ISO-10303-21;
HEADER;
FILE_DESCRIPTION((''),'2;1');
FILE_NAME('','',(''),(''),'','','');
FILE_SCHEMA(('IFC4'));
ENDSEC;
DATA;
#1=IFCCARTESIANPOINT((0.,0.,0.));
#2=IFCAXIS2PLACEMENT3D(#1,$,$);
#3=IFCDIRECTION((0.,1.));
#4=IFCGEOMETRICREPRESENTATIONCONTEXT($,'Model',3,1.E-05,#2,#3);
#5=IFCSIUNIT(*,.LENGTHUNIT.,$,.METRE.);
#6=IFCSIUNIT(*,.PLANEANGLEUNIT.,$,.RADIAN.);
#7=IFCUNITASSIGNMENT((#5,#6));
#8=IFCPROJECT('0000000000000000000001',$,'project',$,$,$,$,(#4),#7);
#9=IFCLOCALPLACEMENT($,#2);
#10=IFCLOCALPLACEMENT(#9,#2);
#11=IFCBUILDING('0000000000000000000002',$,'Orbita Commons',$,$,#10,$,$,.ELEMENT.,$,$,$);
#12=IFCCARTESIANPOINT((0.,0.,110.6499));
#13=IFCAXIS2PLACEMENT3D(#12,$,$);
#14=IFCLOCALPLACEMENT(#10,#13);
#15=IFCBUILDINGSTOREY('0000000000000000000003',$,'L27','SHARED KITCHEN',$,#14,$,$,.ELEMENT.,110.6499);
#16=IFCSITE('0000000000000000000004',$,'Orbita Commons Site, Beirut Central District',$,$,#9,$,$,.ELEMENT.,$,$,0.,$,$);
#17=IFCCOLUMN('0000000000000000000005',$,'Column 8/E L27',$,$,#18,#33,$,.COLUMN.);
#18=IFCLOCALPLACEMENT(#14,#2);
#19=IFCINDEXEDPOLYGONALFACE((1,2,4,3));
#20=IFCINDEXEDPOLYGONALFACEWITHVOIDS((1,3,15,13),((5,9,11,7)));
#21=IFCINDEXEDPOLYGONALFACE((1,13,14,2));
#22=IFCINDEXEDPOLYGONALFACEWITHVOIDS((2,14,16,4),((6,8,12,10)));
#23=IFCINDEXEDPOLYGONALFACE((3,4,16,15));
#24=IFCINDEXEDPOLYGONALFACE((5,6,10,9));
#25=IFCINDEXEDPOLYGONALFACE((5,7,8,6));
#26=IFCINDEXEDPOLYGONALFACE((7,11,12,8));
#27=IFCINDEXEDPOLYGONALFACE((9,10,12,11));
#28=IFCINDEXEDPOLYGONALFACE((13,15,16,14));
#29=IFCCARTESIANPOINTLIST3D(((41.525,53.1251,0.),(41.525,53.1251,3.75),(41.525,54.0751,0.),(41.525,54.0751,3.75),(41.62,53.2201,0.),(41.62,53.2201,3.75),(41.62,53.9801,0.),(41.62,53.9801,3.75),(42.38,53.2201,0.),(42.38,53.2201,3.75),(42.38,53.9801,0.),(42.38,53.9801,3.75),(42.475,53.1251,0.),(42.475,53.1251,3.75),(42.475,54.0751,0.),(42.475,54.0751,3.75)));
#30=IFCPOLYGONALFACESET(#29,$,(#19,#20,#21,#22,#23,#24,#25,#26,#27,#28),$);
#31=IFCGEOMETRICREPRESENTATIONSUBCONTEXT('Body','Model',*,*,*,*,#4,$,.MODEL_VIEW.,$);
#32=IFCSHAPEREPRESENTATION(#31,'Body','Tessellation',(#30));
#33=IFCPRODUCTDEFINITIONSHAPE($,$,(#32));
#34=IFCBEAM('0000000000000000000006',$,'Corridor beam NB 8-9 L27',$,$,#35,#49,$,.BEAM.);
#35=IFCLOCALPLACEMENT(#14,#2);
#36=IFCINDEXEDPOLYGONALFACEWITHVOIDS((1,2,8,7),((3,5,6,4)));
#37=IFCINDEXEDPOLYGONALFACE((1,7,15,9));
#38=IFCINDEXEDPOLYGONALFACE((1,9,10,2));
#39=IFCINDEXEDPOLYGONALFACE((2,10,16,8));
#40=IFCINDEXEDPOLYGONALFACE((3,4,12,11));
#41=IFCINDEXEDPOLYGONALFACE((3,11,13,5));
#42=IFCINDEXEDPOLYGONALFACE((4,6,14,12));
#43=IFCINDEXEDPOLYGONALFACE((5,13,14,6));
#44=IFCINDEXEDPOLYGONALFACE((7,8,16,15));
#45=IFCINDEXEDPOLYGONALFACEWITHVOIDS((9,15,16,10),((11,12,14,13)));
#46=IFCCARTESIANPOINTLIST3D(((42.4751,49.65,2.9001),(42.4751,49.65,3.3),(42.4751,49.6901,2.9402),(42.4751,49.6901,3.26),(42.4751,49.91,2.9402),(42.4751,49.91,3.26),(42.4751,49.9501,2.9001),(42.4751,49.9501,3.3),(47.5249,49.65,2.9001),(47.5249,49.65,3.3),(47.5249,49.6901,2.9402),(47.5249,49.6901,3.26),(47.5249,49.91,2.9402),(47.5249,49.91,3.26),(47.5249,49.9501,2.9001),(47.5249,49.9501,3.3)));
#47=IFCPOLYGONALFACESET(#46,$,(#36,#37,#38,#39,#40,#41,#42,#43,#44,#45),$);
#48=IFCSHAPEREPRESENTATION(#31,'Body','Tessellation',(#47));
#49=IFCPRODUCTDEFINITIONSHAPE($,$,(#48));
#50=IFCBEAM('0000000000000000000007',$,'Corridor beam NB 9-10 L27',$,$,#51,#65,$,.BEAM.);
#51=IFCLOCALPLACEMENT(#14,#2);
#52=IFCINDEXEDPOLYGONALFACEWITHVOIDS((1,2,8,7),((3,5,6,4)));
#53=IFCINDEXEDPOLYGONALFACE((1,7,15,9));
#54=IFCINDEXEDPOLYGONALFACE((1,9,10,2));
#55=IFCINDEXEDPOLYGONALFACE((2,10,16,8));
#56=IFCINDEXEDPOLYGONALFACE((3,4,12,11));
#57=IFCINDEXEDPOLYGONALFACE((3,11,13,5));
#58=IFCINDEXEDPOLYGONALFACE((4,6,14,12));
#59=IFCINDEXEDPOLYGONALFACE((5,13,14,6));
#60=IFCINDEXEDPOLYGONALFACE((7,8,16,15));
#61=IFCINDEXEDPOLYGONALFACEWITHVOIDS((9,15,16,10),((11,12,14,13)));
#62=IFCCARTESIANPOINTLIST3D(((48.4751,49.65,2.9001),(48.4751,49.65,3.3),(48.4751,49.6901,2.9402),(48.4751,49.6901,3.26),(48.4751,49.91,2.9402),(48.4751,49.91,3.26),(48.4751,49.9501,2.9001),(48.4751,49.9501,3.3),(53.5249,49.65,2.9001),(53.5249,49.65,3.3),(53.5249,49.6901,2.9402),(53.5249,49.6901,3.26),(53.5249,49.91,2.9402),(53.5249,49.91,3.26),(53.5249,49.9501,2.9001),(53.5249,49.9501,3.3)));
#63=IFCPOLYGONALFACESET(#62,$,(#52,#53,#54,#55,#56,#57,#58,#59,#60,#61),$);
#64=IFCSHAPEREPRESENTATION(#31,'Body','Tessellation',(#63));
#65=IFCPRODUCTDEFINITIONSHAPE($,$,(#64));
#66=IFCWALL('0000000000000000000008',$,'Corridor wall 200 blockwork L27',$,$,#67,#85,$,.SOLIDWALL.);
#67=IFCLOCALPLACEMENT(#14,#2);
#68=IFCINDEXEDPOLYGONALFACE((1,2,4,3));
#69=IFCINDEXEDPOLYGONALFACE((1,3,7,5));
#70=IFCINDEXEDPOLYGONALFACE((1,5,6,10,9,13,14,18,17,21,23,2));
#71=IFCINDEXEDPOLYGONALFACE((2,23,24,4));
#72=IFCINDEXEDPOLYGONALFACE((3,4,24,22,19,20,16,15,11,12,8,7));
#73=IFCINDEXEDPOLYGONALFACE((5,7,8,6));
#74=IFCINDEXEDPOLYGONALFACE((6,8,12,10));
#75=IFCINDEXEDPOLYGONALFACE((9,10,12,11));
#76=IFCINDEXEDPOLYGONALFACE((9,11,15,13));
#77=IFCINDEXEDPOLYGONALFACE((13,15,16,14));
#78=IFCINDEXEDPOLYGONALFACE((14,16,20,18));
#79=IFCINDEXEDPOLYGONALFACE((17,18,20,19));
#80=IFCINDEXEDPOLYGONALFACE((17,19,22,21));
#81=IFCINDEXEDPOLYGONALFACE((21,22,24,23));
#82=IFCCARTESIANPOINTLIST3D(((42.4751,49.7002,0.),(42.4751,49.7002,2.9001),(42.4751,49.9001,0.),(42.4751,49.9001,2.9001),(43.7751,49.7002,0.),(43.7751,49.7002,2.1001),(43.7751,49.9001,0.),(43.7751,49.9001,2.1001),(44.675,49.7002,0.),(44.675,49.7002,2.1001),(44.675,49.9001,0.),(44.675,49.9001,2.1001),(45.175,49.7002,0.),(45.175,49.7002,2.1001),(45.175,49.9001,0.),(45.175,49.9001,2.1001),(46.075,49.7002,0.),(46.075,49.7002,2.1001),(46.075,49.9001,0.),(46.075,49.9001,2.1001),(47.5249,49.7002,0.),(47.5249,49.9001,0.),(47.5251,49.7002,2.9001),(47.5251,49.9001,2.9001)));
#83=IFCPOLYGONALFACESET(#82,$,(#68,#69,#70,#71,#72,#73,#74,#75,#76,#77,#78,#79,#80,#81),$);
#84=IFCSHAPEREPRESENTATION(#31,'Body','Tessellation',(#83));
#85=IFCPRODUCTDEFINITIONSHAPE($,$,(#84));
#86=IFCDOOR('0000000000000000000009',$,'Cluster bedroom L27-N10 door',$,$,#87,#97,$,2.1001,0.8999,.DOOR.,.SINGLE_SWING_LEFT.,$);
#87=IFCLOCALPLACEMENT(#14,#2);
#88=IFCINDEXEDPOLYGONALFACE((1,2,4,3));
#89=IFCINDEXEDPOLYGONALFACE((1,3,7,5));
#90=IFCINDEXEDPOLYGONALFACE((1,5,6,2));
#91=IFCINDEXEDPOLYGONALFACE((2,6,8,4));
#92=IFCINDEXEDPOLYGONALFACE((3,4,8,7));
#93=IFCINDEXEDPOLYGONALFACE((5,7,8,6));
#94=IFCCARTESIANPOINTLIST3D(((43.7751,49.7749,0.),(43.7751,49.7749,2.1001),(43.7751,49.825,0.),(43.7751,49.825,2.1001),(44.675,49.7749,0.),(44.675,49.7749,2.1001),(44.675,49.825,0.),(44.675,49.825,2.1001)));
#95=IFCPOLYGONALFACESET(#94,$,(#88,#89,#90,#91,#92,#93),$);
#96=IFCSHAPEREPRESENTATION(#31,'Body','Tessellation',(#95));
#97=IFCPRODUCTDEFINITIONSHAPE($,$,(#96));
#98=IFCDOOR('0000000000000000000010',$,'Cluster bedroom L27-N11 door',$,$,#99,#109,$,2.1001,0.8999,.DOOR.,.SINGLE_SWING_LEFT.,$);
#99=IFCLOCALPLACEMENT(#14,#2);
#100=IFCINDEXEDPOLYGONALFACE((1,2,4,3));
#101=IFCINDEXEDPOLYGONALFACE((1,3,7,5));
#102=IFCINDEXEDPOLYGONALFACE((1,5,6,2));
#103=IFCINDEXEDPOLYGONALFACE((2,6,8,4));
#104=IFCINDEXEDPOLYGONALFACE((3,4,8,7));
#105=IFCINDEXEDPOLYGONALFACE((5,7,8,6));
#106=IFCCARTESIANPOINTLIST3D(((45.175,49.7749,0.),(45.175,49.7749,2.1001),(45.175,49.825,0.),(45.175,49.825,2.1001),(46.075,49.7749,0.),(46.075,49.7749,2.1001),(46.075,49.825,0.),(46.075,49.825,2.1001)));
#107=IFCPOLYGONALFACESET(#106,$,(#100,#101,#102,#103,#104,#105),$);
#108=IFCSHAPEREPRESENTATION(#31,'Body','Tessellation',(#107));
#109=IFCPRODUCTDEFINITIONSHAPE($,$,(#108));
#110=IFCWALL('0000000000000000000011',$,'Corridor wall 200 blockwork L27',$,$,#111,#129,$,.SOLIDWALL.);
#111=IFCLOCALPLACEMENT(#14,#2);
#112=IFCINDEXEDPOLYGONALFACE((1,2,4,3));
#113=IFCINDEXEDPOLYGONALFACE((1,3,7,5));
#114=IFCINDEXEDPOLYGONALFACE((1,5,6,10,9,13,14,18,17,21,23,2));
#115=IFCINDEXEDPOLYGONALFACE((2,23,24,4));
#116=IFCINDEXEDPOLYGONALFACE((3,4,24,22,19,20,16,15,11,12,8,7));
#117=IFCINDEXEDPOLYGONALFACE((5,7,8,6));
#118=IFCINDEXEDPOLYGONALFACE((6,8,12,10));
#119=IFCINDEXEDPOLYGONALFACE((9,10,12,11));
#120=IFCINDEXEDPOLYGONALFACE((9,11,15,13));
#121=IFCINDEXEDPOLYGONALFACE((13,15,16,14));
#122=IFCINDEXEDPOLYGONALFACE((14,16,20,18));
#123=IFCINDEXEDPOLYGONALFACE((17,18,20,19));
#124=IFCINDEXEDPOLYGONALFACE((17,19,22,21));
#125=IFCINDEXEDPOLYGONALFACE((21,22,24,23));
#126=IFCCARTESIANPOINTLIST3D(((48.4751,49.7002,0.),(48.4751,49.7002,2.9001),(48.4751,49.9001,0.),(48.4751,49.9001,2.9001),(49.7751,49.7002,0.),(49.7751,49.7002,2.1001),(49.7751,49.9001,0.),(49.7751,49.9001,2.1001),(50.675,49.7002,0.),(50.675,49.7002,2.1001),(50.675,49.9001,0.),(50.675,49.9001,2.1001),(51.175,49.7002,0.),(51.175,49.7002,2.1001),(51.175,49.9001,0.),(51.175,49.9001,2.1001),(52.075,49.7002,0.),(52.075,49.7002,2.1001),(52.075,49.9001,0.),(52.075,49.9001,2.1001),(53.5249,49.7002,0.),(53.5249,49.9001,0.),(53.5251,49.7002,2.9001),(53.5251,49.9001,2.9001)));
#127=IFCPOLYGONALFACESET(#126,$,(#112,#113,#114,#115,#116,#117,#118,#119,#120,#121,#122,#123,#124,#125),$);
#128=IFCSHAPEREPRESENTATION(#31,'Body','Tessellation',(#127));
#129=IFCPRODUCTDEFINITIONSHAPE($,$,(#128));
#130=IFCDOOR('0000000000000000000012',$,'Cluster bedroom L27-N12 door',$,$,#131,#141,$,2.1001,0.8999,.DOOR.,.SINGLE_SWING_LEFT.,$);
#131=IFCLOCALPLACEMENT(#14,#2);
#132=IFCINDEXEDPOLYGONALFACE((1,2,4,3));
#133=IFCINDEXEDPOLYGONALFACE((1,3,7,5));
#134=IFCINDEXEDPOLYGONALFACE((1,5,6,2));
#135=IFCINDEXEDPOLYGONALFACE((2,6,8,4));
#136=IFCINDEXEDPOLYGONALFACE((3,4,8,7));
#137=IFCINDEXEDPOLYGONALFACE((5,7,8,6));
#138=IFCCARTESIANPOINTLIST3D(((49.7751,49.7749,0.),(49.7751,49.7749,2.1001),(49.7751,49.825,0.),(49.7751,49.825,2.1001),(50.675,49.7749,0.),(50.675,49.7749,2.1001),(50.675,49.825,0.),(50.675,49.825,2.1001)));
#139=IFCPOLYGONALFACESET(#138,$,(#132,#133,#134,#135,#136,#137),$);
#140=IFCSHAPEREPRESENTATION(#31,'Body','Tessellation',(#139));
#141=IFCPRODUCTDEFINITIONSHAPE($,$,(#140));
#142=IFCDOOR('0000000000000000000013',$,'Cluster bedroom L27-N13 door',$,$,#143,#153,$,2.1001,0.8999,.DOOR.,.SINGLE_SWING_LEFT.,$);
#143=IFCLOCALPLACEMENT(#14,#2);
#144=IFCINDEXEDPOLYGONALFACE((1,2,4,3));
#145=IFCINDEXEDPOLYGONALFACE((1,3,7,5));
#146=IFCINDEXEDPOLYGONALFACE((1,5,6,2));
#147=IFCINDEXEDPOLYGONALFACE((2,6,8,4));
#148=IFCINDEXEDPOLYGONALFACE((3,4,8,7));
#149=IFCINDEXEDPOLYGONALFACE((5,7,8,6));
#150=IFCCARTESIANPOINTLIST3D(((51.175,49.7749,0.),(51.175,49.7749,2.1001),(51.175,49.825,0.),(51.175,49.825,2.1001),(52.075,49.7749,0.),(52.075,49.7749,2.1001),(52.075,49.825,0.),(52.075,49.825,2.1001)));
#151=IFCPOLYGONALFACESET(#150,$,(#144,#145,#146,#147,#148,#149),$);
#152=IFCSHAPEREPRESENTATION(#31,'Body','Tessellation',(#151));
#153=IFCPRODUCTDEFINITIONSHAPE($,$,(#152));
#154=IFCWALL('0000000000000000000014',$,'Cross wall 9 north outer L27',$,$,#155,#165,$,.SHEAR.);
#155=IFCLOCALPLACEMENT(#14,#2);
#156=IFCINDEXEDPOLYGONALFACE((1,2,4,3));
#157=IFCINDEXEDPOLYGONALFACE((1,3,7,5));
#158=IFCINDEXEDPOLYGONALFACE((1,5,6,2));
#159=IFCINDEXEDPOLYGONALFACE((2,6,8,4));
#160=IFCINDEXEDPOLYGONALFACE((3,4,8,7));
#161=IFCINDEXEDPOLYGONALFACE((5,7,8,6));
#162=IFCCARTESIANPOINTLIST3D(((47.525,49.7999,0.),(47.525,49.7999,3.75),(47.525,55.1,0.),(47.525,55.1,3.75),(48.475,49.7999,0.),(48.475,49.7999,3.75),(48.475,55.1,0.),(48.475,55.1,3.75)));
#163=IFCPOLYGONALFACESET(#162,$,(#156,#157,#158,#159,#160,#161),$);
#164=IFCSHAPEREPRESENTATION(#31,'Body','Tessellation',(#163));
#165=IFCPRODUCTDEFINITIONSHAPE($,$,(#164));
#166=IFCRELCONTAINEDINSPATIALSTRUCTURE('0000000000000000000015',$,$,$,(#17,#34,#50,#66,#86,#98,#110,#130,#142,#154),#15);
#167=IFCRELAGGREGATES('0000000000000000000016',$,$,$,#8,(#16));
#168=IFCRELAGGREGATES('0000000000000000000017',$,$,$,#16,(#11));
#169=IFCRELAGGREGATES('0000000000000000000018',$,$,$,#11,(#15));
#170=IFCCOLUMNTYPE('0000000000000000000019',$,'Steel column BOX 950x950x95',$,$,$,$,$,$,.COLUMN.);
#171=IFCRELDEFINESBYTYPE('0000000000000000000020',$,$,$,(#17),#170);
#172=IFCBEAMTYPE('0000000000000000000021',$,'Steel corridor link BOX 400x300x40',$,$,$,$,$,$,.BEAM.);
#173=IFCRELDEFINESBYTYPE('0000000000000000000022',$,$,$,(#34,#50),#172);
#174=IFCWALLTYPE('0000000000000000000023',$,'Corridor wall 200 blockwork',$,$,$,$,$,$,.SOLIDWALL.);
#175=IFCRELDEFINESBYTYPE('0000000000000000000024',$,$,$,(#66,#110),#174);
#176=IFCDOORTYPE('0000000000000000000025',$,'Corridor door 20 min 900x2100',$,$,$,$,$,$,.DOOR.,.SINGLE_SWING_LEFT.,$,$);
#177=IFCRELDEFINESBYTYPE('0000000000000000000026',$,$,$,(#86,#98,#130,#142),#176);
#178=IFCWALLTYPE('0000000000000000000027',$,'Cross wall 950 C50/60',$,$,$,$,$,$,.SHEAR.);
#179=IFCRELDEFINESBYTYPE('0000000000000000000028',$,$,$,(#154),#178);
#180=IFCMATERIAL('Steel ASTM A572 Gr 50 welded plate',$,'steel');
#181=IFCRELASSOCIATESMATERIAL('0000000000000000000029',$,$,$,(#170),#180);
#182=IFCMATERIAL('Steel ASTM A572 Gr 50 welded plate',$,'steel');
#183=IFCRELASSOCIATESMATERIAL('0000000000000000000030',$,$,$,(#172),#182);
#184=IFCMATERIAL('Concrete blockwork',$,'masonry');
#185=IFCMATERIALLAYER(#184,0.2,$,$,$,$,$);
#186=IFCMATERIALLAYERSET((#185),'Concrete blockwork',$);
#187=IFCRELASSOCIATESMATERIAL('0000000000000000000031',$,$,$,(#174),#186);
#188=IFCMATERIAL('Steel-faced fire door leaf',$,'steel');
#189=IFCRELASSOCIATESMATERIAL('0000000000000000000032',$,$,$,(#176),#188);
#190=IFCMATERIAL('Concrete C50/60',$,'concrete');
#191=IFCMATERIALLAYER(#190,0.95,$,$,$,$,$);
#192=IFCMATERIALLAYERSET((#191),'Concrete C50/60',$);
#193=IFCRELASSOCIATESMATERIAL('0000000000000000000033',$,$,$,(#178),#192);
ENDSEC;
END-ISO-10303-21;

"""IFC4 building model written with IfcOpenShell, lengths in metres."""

from ifc_helpers import new_model, si_unit, direction, frame, frame_2d, origin, origin_2d, place, context, subcontext, project, spatial, polyline, rectangle, hollow_rectangle, outline, extrude, material, layer, layer_set, material_profile, profile_set, type_object, element, fill, save


model = new_model("IFC4")

# Units and contexts
model_context = context("Model", 3, precision=1e-05, world=origin(), true_north=direction((0.0, 1.0)))
body_context = subcontext(model_context, "Body", "Model", "MODEL_VIEW")
ifc_project = project(units=[si_unit("LENGTHUNIT", "METRE"), si_unit("PLANEANGLEUNIT", "RADIAN")], contexts=[model_context])

# Site, building, storey
site_placement = place(None, origin())
site = spatial("IfcSite", under=ifc_project, at=site_placement, Name="Orbita Commons Site, Beirut Central District", CompositionType="ELEMENT", RefElevation=0.0)
building_placement = place(site_placement, origin())
building = spatial("IfcBuilding", under=site, at=building_placement, Name="Orbita Commons", CompositionType="ELEMENT")
storey_placement = place(building_placement, frame((0.0, 0.0, 110.6499)))
storey = spatial("IfcBuildingStorey", under=building, at=storey_placement, Name="L27", Description="SHARED KITCHEN", CompositionType="ELEMENT", Elevation=110.6499)

# Column
ifc_material_1 = material(Name="Steel ASTM A572 Gr 50 welded plate", Category="steel")
ifc_material_profile_1 = material_profile(ifc_material_1, hollow_rectangle(XDim=0.95, YDim=0.95, WallThickness=0.095, at=origin_2d()), Name="BOX 950x950x95")
ifc_profile_set_1 = profile_set([ifc_material_profile_1], Name="Steel ASTM A572 Gr 50 welded plate")
column_type = type_object("IfcColumnType", Name="Steel column BOX 950x950x95", PredefinedType="COLUMN", material=ifc_profile_set_1)
column_placement = place(storey_placement, frame((42.0, 53.6001, 0.0), z_axis=(0.0, 0.0, 1.0), x_axis=(1.0, 0.0, 0.0)))
element("IfcColumn", 1, at=column_placement, inside=storey, type_object=column_type, Name="Column 8/E L27", PredefinedType="COLUMN", context=body_context, shape_type="SweptSolid", body=[
    extrude(hollow_rectangle(XDim=0.95, YDim=0.95, WallThickness=0.095, at=origin_2d()), origin(), (0.0, 0.0, 1.0), 3.75),
])

# Beams
ifc_material_2 = material(Name="Steel ASTM A572 Gr 50 welded plate", Category="steel")
ifc_material_profile_2 = material_profile(ifc_material_2, hollow_rectangle(XDim=0.3, YDim=0.3999, WallThickness=0.04, at=origin_2d()), Name="BOX 400x300x40")
ifc_profile_set_2 = profile_set([ifc_material_profile_2], Name="Steel ASTM A572 Gr 50 welded plate")
beam_type = type_object("IfcBeamType", Name="Steel corridor link BOX 400x300x40", PredefinedType="BEAM", material=ifc_profile_set_2)
for number, where, z_axis, x_axis, name in (
    (2, (42.4751, 49.8, 3.1001), (1.0, 0.0, 0.0), (0.0, 1.0, 0.0), "Corridor beam NB 8-9 L27"),
    (3, (48.4751, 49.8, 3.1001), (1.0, 0.0, 0.0), (0.0, 1.0, 0.0), "Corridor beam NB 9-10 L27"),
):
    element("IfcBeam", number, at=place(storey_placement, frame(where, z_axis=z_axis, x_axis=x_axis)), inside=storey, type_object=beam_type, Name=name, PredefinedType="BEAM", context=body_context, shape_type="SweptSolid", body=[
        extrude(hollow_rectangle(XDim=0.3, YDim=0.3999, WallThickness=0.04, at=origin_2d()), origin(), (0.0, 0.0, 1.0), 5.0498),
    ])

# Walls, openings, doors
ifc_material_3 = material(Name="Concrete blockwork", Category="masonry")
ifc_layer_1 = layer(ifc_material_3, 0.2)
ifc_layer_set_1 = layer_set([ifc_layer_1], Name="Concrete blockwork")
wall_type_1 = type_object("IfcWallType", Name="Corridor wall 200 blockwork", PredefinedType="SOLIDWALL", material=ifc_layer_set_1)
wall_1_placement = place(storey_placement, frame((42.4751, 49.8, 0.0), z_axis=(0.0, 0.0, 1.0), x_axis=(1.0, 0.0, 0.0)))
wall_1 = element("IfcWall", 4, at=wall_1_placement, inside=storey, type_object=wall_type_1, Name="Corridor wall 200 blockwork L27", PredefinedType="SOLIDWALL", context=body_context, shape_type="SweptSolid", body=[
    extrude(outline(polyline([(0.0, 0.0), (5.0498, 0.0), (5.05, 2.9001), (0.0, 2.9001), (0.0, 0.0)])), frame((0.0, 0.1001, 0.0), z_axis=(0.0, -1.0, 0.0), x_axis=(1.0, 0.0, 0.0)), (0.0, 0.0, 1.0), 0.2),
])
opening_1_placement = place(wall_1_placement, frame((1.3, 0.0, 0.0)))
opening_1 = element("IfcOpeningElement", 5, at=opening_1_placement, cuts=wall_1, PredefinedType="OPENING", context=body_context, shape_type="SweptSolid", body=[
    extrude(rectangle(XDim=0.8999, YDim=2.1001, at=frame_2d((0.45, 1.05))), frame((0.0, 0.1099, 0.0), z_axis=(0.0, -1.0, 0.0), x_axis=(1.0, 0.0, 0.0)), (0.0, 0.0, 1.0), 0.22),
])
opening_2_placement = place(wall_1_placement, frame((2.7, 0.0, 0.0)))
opening_2 = element("IfcOpeningElement", 6, at=opening_2_placement, cuts=wall_1, PredefinedType="OPENING", context=body_context, shape_type="SweptSolid", body=[
    extrude(rectangle(XDim=0.8999, YDim=2.1001, at=frame_2d((0.45, 1.05))), frame((0.0, 0.1099, 0.0), z_axis=(0.0, -1.0, 0.0), x_axis=(1.0, 0.0, 0.0)), (0.0, 0.0, 1.0), 0.22),
])
ifc_material_4 = material(Name="Steel-faced fire door leaf", Category="steel")
door_type_1 = type_object("IfcDoorType", Name="Corridor door 20 min 900x2100", OperationType="SINGLE_SWING_LEFT", PredefinedType="DOOR", material=ifc_material_4)
door_1_placement = place(opening_1_placement, origin())
door_1 = element("IfcDoor", 7, at=door_1_placement, inside=storey, type_object=door_type_1, Name="Cluster bedroom L27-N10 door", OperationType="SINGLE_SWING_LEFT", OverallHeight=2.1001, OverallWidth=0.8999, PredefinedType="DOOR", context=body_context, shape_type="SweptSolid", body=[
    extrude(rectangle(XDim=0.8999, YDim=2.1001, at=frame_2d((0.45, 1.05))), frame((0.0, 0.0249, 0.0), z_axis=(0.0, -1.0, 0.0), x_axis=(1.0, 0.0, 0.0)), (0.0, 0.0, 1.0), 0.05),
])
fill(opening_1, door_1)
door_2_placement = place(opening_2_placement, origin())
door_2 = element("IfcDoor", 8, at=door_2_placement, inside=storey, type_object=door_type_1, Name="Cluster bedroom L27-N11 door", OperationType="SINGLE_SWING_LEFT", OverallHeight=2.1001, OverallWidth=0.8999, PredefinedType="DOOR", context=body_context, shape_type="SweptSolid", body=[
    extrude(rectangle(XDim=0.8999, YDim=2.1001, at=frame_2d((0.45, 1.05))), frame((0.0, 0.0249, 0.0), z_axis=(0.0, -1.0, 0.0), x_axis=(1.0, 0.0, 0.0)), (0.0, 0.0, 1.0), 0.05),
])
fill(opening_2, door_2)
wall_2_placement = place(storey_placement, frame((48.4751, 49.8, 0.0), z_axis=(0.0, 0.0, 1.0), x_axis=(1.0, 0.0, 0.0)))
wall_2 = element("IfcWall", 9, at=wall_2_placement, inside=storey, type_object=wall_type_1, Name="Corridor wall 200 blockwork L27", PredefinedType="SOLIDWALL", context=body_context, shape_type="SweptSolid", body=[
    extrude(outline(polyline([(0.0, 0.0), (5.0498, 0.0), (5.05, 2.9001), (0.0, 2.9001), (0.0, 0.0)])), frame((0.0, 0.1001, 0.0), z_axis=(0.0, -1.0, 0.0), x_axis=(1.0, 0.0, 0.0)), (0.0, 0.0, 1.0), 0.2),
])
opening_3_placement = place(wall_2_placement, frame((1.3, 0.0, 0.0)))
opening_3 = element("IfcOpeningElement", 10, at=opening_3_placement, cuts=wall_2, PredefinedType="OPENING", context=body_context, shape_type="SweptSolid", body=[
    extrude(rectangle(XDim=0.8999, YDim=2.1001, at=frame_2d((0.45, 1.05))), frame((0.0, 0.1099, 0.0), z_axis=(0.0, -1.0, 0.0), x_axis=(1.0, 0.0, 0.0)), (0.0, 0.0, 1.0), 0.22),
])
opening_4_placement = place(wall_2_placement, frame((2.7, 0.0, 0.0)))
opening_4 = element("IfcOpeningElement", 11, at=opening_4_placement, cuts=wall_2, PredefinedType="OPENING", context=body_context, shape_type="SweptSolid", body=[
    extrude(rectangle(XDim=0.8999, YDim=2.1001, at=frame_2d((0.45, 1.05))), frame((0.0, 0.1099, 0.0), z_axis=(0.0, -1.0, 0.0), x_axis=(1.0, 0.0, 0.0)), (0.0, 0.0, 1.0), 0.22),
])
door_3_placement = place(opening_3_placement, origin())
door_3 = element("IfcDoor", 12, at=door_3_placement, inside=storey, type_object=door_type_1, Name="Cluster bedroom L27-N12 door", OperationType="SINGLE_SWING_LEFT", OverallHeight=2.1001, OverallWidth=0.8999, PredefinedType="DOOR", context=body_context, shape_type="SweptSolid", body=[
    extrude(rectangle(XDim=0.8999, YDim=2.1001, at=frame_2d((0.45, 1.05))), frame((0.0, 0.0249, 0.0), z_axis=(0.0, -1.0, 0.0), x_axis=(1.0, 0.0, 0.0)), (0.0, 0.0, 1.0), 0.05),
])
fill(opening_3, door_3)
door_4_placement = place(opening_4_placement, origin())
door_4 = element("IfcDoor", 13, at=door_4_placement, inside=storey, type_object=door_type_1, Name="Cluster bedroom L27-N13 door", OperationType="SINGLE_SWING_LEFT", OverallHeight=2.1001, OverallWidth=0.8999, PredefinedType="DOOR", context=body_context, shape_type="SweptSolid", body=[
    extrude(rectangle(XDim=0.8999, YDim=2.1001, at=frame_2d((0.45, 1.05))), frame((0.0, 0.0249, 0.0), z_axis=(0.0, -1.0, 0.0), x_axis=(1.0, 0.0, 0.0)), (0.0, 0.0, 1.0), 0.05),
])
fill(opening_4, door_4)

# Wall
ifc_material_5 = material(Name="Concrete C50/60", Category="concrete")
ifc_layer_2 = layer(ifc_material_5, 0.95)
ifc_layer_set_2 = layer_set([ifc_layer_2], Name="Concrete C50/60")
wall_type_2 = type_object("IfcWallType", Name="Cross wall 950 C50/60", PredefinedType="SHEAR", material=ifc_layer_set_2)
for number, where, z_axis, x_axis, name in (
    (14, (48.0, 49.8, 0.0), (0.0, 0.0, 1.0), (0.0, 1.0, 0.0), "Cross wall 9 north outer L27"),
):
    element("IfcWall", number, at=place(storey_placement, frame(where, z_axis=z_axis, x_axis=x_axis)), inside=storey, type_object=wall_type_2, Name=name, PredefinedType="SHEAR", context=body_context, shape_type="SweptSolid", body=[
        extrude(rectangle(XDim=5.3, YDim=0.95, at=frame_2d((2.6499, 0.0))), origin(), (0.0, 0.0, 1.0), 3.75),
    ])

save(model, "model.ifc")
